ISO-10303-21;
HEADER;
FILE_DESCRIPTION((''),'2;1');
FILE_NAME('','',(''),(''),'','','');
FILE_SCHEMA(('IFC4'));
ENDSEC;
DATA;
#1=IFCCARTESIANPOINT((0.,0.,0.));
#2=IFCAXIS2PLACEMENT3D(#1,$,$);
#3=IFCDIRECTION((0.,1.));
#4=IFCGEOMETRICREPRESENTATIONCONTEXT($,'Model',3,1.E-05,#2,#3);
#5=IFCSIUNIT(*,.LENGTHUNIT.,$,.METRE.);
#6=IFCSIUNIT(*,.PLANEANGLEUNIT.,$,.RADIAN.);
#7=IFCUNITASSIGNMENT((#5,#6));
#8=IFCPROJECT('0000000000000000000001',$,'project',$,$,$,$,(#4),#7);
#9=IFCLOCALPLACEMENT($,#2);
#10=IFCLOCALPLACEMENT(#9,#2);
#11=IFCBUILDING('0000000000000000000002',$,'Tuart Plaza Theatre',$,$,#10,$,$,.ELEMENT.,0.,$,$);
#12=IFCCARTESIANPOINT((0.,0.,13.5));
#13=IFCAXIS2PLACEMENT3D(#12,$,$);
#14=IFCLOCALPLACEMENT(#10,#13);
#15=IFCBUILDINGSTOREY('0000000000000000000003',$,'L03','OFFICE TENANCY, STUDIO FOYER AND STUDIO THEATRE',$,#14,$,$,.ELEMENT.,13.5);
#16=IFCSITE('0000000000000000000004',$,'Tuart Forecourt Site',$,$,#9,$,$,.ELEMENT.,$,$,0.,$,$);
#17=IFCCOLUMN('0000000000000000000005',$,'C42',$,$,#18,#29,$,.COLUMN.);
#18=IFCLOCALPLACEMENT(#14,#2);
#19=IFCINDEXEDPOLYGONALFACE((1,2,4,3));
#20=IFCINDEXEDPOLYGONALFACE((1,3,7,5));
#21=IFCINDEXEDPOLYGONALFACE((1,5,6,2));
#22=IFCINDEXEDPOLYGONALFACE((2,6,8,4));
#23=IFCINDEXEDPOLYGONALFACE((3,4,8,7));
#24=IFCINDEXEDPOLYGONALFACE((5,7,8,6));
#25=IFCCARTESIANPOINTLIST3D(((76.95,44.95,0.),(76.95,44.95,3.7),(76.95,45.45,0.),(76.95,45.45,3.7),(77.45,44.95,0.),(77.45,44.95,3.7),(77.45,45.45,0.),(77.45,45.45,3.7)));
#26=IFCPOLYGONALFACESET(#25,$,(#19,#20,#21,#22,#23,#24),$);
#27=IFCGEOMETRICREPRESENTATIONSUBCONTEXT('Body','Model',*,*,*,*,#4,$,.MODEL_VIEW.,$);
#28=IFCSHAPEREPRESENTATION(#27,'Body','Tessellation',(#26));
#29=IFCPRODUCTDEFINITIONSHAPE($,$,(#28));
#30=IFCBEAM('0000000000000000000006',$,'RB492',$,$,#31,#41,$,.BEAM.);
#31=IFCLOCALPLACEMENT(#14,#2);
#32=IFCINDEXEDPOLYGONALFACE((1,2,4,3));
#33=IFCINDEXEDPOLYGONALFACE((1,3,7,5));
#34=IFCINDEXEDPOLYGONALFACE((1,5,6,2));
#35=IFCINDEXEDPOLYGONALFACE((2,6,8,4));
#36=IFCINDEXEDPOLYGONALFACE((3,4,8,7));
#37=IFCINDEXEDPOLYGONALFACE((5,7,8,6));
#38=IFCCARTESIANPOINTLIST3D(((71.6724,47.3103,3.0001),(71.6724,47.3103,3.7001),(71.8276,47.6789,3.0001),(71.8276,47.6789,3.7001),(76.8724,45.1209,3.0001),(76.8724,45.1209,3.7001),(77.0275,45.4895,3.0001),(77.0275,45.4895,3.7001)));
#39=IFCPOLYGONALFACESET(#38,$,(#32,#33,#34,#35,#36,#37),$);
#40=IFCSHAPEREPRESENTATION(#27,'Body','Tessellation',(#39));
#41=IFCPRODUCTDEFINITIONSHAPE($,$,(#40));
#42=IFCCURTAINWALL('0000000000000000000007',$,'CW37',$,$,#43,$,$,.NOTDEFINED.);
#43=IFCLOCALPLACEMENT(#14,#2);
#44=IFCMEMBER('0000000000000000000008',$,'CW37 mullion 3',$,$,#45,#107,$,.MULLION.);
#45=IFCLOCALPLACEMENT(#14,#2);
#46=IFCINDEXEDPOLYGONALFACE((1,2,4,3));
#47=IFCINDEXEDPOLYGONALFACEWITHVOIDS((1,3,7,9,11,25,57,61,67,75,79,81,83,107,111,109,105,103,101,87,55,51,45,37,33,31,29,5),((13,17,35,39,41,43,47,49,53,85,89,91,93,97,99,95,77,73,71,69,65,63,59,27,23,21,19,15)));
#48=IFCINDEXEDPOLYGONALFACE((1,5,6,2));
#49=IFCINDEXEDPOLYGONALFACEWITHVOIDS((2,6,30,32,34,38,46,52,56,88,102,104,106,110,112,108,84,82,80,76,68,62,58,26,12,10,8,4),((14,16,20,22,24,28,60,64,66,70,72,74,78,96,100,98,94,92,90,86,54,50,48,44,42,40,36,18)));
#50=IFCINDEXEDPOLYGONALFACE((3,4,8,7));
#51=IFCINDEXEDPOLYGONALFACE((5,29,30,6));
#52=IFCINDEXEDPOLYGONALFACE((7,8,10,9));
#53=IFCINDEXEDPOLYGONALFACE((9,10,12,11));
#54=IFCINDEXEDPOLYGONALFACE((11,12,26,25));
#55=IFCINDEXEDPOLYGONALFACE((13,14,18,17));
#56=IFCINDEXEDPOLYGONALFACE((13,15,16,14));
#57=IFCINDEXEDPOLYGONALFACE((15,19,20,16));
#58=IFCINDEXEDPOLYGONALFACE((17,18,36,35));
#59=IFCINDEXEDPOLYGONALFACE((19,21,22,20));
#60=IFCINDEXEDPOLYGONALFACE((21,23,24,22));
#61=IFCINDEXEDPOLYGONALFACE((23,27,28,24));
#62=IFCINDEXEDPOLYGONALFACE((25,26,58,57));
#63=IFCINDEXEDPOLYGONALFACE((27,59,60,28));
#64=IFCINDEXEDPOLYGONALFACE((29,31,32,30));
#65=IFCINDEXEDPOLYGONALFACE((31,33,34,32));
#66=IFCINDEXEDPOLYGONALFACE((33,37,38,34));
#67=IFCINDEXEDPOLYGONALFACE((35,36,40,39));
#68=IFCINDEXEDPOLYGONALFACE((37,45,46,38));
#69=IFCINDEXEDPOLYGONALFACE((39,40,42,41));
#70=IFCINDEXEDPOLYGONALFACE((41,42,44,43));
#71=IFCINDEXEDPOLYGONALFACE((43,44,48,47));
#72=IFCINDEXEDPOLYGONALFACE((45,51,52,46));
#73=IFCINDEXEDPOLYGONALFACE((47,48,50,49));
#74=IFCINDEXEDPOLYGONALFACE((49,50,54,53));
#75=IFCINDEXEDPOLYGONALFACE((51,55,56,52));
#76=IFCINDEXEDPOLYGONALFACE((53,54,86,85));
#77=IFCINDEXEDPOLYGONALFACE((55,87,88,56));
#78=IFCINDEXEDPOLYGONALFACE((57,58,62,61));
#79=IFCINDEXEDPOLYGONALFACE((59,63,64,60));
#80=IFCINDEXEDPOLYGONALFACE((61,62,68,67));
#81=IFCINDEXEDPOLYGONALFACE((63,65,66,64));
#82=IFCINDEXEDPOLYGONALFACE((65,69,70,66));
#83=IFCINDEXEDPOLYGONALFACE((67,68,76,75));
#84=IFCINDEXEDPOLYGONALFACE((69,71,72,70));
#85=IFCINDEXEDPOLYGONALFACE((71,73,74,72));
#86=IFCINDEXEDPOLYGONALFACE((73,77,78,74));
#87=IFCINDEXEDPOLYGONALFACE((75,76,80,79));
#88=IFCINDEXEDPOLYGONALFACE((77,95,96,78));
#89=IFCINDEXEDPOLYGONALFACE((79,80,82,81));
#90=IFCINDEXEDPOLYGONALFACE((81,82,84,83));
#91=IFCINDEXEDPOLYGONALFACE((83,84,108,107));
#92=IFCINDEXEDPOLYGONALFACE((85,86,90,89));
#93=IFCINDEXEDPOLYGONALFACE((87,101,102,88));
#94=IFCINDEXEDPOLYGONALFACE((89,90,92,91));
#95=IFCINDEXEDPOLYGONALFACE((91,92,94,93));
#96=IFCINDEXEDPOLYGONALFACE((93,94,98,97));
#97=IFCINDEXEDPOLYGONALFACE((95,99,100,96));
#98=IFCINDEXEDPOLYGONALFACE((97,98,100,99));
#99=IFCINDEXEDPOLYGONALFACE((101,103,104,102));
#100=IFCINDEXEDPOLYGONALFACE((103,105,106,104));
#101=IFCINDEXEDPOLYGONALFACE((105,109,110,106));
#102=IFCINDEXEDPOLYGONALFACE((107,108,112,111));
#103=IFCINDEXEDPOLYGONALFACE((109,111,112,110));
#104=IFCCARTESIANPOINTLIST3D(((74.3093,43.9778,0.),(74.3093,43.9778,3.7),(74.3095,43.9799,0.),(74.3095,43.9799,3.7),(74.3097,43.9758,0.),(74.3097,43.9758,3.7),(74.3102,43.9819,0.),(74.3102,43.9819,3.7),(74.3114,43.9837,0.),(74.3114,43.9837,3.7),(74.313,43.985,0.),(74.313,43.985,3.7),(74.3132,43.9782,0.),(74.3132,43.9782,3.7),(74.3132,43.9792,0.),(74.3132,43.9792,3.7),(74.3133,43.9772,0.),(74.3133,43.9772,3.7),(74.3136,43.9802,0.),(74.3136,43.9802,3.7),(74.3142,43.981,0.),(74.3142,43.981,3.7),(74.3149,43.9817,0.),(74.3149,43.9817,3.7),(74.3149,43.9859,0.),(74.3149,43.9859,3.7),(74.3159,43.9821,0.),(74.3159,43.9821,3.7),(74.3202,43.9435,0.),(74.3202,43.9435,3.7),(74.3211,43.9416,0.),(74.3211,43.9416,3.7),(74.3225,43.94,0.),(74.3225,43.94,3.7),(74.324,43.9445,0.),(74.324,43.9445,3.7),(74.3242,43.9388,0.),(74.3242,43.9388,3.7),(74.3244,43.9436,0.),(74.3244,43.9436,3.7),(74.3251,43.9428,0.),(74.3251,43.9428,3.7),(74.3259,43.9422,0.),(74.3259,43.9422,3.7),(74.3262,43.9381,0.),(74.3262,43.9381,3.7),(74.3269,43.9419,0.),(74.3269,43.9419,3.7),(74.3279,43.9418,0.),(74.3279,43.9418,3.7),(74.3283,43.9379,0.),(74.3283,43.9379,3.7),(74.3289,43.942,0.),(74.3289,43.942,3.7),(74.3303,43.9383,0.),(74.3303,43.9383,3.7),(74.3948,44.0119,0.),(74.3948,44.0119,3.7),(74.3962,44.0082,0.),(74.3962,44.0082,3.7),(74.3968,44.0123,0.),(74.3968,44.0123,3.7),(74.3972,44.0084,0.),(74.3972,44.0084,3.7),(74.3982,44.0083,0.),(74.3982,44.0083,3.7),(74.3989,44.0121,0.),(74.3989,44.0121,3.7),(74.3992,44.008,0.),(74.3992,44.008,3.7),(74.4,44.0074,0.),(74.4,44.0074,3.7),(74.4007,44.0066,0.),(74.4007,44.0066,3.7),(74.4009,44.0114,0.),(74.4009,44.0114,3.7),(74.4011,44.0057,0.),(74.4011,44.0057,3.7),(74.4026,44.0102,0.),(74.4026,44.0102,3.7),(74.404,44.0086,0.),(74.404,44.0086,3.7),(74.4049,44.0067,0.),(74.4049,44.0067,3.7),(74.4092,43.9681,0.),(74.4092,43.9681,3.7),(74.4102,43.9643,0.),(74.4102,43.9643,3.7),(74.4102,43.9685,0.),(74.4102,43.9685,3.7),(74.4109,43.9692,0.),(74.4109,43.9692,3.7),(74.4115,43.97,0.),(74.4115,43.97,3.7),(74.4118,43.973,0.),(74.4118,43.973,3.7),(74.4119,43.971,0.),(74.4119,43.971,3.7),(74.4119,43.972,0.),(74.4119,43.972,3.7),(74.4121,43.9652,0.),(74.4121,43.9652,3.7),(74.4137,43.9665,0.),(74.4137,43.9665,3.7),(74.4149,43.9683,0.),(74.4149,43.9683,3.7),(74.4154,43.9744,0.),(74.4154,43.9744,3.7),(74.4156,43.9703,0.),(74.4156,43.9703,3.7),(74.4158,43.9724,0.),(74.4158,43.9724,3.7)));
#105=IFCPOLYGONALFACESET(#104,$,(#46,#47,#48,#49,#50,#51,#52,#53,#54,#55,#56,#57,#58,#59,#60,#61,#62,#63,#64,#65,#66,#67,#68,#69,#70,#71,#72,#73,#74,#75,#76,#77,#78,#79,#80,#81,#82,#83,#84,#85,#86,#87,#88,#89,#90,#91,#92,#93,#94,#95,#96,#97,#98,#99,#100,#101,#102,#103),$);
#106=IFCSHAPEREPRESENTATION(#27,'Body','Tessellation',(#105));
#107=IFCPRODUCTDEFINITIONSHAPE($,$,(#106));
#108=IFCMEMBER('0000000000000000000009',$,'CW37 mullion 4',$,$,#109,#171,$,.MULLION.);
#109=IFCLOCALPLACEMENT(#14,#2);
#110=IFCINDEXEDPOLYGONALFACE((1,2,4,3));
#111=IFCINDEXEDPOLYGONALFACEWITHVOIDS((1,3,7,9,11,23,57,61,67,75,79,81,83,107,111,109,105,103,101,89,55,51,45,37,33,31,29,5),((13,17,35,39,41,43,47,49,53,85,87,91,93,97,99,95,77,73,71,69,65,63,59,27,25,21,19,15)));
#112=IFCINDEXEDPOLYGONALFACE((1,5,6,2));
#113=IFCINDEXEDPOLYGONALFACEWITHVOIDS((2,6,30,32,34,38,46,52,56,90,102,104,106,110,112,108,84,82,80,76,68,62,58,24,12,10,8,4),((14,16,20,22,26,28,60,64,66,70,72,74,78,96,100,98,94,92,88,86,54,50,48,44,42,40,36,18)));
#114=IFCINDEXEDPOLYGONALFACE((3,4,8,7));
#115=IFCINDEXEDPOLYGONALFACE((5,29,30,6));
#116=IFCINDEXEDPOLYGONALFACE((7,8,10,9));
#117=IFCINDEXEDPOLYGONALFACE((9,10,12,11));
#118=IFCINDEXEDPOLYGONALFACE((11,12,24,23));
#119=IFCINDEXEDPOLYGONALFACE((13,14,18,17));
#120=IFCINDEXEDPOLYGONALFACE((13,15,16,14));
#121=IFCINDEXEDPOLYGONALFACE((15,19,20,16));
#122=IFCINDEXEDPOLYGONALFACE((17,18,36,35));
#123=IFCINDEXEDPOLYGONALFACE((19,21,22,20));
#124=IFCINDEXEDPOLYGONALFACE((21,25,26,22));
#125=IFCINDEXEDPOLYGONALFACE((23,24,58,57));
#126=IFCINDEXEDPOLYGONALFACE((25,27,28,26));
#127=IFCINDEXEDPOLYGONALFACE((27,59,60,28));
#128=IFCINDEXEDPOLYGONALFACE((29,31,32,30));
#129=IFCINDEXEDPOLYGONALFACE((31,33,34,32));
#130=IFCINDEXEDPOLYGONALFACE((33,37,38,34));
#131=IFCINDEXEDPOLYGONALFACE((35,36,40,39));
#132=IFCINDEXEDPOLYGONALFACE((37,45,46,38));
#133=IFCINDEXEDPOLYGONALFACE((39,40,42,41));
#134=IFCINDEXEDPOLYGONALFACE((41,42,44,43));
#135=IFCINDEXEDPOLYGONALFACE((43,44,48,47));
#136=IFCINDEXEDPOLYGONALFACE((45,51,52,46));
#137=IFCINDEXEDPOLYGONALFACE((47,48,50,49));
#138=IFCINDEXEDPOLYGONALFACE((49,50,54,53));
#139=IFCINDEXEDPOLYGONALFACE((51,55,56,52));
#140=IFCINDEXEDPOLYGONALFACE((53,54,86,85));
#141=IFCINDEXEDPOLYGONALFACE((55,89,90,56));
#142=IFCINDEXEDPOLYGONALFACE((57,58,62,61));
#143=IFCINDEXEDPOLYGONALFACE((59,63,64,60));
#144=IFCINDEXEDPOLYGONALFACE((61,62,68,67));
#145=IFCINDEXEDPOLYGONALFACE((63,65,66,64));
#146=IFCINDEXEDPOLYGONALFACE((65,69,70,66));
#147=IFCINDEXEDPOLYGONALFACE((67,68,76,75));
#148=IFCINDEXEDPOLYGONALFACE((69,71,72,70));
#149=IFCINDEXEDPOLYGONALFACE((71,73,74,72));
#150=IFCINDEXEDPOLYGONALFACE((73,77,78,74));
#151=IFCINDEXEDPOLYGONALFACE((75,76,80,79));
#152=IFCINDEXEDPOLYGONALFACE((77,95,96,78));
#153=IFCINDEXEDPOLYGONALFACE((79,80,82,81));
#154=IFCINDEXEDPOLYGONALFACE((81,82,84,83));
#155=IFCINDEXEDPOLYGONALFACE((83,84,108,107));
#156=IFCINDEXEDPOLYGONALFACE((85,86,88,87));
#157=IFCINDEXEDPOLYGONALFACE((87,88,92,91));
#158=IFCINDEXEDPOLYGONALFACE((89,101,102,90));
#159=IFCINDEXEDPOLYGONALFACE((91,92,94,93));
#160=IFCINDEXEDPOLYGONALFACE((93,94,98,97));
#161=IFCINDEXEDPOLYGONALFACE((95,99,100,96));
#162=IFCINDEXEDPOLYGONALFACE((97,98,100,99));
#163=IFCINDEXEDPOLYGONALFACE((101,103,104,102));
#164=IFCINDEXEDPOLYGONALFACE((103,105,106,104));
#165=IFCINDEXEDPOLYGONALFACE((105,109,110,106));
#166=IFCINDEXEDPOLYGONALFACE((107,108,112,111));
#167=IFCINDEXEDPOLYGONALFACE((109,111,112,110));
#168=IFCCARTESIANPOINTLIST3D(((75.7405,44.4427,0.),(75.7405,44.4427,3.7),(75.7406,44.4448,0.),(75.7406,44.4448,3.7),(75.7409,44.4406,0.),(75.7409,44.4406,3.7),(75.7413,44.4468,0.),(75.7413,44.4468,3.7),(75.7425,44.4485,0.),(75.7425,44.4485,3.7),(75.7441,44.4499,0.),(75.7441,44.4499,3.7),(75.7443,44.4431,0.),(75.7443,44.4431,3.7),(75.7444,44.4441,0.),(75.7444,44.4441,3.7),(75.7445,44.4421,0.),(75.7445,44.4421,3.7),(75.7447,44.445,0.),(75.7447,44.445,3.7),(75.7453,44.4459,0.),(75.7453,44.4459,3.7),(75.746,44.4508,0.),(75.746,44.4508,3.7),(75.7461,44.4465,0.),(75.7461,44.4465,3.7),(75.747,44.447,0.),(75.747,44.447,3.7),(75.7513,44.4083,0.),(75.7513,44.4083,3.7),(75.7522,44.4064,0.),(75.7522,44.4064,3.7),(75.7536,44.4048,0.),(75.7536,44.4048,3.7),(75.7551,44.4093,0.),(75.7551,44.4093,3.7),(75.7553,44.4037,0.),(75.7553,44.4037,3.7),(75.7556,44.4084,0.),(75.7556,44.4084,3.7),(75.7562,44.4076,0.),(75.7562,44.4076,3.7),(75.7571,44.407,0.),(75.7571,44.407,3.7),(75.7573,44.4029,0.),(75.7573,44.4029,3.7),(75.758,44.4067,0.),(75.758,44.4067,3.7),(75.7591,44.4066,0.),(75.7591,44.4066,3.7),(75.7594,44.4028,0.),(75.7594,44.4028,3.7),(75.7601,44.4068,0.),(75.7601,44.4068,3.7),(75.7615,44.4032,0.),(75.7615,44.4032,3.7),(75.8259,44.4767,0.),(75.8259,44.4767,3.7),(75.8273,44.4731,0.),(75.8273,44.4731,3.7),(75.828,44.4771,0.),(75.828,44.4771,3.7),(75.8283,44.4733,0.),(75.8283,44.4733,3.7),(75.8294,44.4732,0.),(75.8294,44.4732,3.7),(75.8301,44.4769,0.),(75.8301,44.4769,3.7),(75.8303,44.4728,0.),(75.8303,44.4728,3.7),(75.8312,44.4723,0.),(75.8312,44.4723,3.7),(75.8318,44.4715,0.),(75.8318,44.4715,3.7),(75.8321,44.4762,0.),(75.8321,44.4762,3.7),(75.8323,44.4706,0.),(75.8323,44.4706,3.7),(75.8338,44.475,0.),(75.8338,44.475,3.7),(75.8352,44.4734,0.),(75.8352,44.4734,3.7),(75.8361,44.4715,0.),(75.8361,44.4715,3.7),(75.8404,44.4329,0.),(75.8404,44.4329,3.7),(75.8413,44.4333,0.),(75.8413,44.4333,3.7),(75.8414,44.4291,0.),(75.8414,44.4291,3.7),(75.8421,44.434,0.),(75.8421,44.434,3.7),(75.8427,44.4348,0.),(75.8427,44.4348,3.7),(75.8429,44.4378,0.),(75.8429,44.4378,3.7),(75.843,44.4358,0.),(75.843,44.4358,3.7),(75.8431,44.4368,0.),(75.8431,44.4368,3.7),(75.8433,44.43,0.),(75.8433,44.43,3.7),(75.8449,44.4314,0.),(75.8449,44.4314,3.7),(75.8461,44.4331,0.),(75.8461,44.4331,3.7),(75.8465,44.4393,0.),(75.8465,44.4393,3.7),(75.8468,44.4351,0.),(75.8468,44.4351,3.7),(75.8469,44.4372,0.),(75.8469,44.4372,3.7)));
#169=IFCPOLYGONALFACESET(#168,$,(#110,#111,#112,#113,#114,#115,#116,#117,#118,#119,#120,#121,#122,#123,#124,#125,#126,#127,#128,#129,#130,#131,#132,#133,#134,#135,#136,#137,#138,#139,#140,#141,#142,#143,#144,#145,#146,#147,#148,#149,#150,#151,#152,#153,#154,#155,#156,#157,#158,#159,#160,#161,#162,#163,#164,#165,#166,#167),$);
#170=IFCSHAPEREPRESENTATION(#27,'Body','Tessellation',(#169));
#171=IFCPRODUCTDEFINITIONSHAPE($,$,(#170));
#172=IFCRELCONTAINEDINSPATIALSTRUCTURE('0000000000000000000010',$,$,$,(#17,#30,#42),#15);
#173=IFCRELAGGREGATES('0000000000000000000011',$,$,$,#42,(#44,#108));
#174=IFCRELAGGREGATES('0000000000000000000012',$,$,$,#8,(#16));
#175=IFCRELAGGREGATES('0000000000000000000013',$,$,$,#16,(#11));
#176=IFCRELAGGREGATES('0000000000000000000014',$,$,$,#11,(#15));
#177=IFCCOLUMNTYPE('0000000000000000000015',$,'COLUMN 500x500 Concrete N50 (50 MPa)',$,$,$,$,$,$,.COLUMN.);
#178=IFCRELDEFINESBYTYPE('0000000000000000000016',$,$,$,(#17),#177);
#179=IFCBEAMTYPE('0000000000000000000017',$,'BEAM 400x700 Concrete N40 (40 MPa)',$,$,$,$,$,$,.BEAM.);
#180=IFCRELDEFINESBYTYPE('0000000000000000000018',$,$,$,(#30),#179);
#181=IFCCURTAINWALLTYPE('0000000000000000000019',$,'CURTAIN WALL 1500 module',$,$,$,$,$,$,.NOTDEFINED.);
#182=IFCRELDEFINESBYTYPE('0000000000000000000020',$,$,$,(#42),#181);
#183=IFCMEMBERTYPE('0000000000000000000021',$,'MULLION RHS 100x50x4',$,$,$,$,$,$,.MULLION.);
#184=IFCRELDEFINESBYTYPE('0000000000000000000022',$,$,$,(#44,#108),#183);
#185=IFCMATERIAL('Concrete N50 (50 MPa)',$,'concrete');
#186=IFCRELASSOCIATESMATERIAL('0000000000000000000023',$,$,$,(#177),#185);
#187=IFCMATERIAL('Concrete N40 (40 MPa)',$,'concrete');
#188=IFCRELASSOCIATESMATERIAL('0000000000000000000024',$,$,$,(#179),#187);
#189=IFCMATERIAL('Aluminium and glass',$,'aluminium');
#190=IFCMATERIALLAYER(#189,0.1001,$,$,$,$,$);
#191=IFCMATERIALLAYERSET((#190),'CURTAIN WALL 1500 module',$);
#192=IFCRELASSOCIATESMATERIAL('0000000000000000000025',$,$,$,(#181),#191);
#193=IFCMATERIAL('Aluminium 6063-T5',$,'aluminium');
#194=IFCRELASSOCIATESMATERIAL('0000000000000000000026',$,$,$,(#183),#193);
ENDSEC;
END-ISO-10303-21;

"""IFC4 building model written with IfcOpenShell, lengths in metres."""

from ifc_helpers import new_model, si_unit, direction, frame, origin, origin_2d, place, context, subcontext, project, spatial, rectangle, hollow_rectangle, extrude, material, layer, layer_set, material_profile, profile_set, type_object, element, aggregate, save


model = new_model("IFC4")

# Units and contexts
model_context = context("Model", 3, precision=1e-05, world=origin(), true_north=direction((0.0, 1.0)))
body_context = subcontext(model_context, "Body", "Model", "MODEL_VIEW")
ifc_project = project(units=[si_unit("LENGTHUNIT", "METRE"), si_unit("PLANEANGLEUNIT", "RADIAN")], contexts=[model_context])

# Site, building, storey
site_placement = place(None, origin())
site = spatial("IfcSite", under=ifc_project, at=site_placement, Name="Tuart Forecourt Site", CompositionType="ELEMENT", RefElevation=0.0)
building_placement = place(site_placement, origin())
building = spatial("IfcBuilding", under=site, at=building_placement, Name="Tuart Plaza Theatre", CompositionType="ELEMENT", ElevationOfRefHeight=0.0)
storey_placement = place(building_placement, frame((0.0, 0.0, 13.5)))
storey = spatial("IfcBuildingStorey", under=building, at=storey_placement, Name="L03", Description="OFFICE TENANCY, STUDIO FOYER AND STUDIO THEATRE", CompositionType="ELEMENT", Elevation=13.5)

# Column
ifc_material_1 = material(Name="Concrete N50 (50 MPa)", Category="concrete")
ifc_material_profile_1 = material_profile(ifc_material_1, rectangle(XDim=0.5, YDim=0.5, at=origin_2d()), Name="COLUMN 500x500 Concrete N50 (50 MPa)")
ifc_profile_set_1 = profile_set([ifc_material_profile_1], Name="Concrete N50 (50 MPa)")
column_type = type_object("IfcColumnType", Name="COLUMN 500x500 Concrete N50 (50 MPa)", PredefinedType="COLUMN", material=ifc_profile_set_1)
column_placement = place(storey_placement, frame((77.2, 45.2, 0.0), z_axis=(0.0, 0.0, 1.0), x_axis=(1.0, 0.0, 0.0)))
element("IfcColumn", 1, at=column_placement, inside=storey, type_object=column_type, Name="C42", PredefinedType="COLUMN", context=body_context, shape_type="SweptSolid", body=[
    extrude(rectangle(XDim=0.5, YDim=0.5, at=origin_2d()), origin(), (0.0, 0.0, 1.0), 3.7),
])

# Beam
ifc_material_2 = material(Name="Concrete N40 (40 MPa)", Category="concrete")
ifc_material_profile_2 = material_profile(ifc_material_2, rectangle(XDim=0.3999, YDim=0.7, at=origin_2d()), Name="BEAM 400x700 Concrete N40 (40 MPa)")
ifc_profile_set_2 = profile_set([ifc_material_profile_2], Name="Concrete N40 (40 MPa)")
beam_type = type_object("IfcBeamType", Name="BEAM 400x700 Concrete N40 (40 MPa)", PredefinedType="BEAM", material=ifc_profile_set_2)
beam_placement = place(storey_placement, frame((76.95, 45.3052, 3.3501), z_axis=(-0.921635, 0.388057, 0.0), x_axis=(-0.388057, -0.921635, 0.0)))
element("IfcBeam", 2, at=beam_placement, inside=storey, type_object=beam_type, Name="RB492", PredefinedType="BEAM", context=body_context, shape_type="SweptSolid", body=[
    extrude(rectangle(XDim=0.3999, YDim=0.7, at=origin_2d()), origin(), (0.0, 0.0, 1.0), 5.6421),
])

# Curtain wall, members
ifc_material_3 = material(Name="Aluminium and glass", Category="aluminium")
ifc_layer_1 = layer(ifc_material_3, 0.1001)
ifc_layer_set_1 = layer_set([ifc_layer_1], Name="CURTAIN WALL 1500 module")
curtain_wall_type = type_object("IfcCurtainWallType", Name="CURTAIN WALL 1500 module", PredefinedType="NOTDEFINED", material=ifc_layer_set_1)
curtain_wall_placement = place(storey_placement, origin())
curtain_wall = element("IfcCurtainWall", 3, at=curtain_wall_placement, inside=storey, type_object=curtain_wall_type, Name="CW37", PredefinedType="NOTDEFINED")
ifc_material_4 = material(Name="Aluminium 6063-T5", Category="aluminium")
ifc_material_profile_3 = material_profile(ifc_material_4, hollow_rectangle(XDim=0.05, YDim=0.1001, WallThickness=0.0039, InnerFilletRadius=0.0039, OuterFilletRadius=0.0081, at=origin_2d()), Name="RHS 100x50x4")
ifc_profile_set_3 = profile_set([ifc_material_profile_3], Name="Aluminium 6063-T5")
member_type_1 = type_object("IfcMemberType", Name="MULLION RHS 100x50x4", PredefinedType="MULLION", material=ifc_profile_set_3)
member_1_placement = place(storey_placement, frame((74.3625, 43.9751, 0.0), z_axis=(0.0, 0.0, 1.0), x_axis=(-0.308986, 0.951067, 0.0)))
member_1 = element("IfcMember", 4, at=member_1_placement, type_object=member_type_1, Name="CW37 mullion 3", PredefinedType="MULLION", context=body_context, shape_type="SweptSolid", body=[
    extrude(hollow_rectangle(XDim=0.05, YDim=0.1001, WallThickness=0.0039, InnerFilletRadius=0.0039, OuterFilletRadius=0.0081, at=origin_2d()), origin(), (0.0, 0.0, 1.0), 3.7),
])
member_2_placement = place(storey_placement, frame((75.7937, 44.4399, 0.0), z_axis=(0.0, 0.0, 1.0), x_axis=(-0.308986, 0.951067, 0.0)))
member_2 = element("IfcMember", 5, at=member_2_placement, type_object=member_type_1, Name="CW37 mullion 4", PredefinedType="MULLION", context=body_context, shape_type="SweptSolid", body=[
    extrude(hollow_rectangle(XDim=0.05, YDim=0.1001, WallThickness=0.0039, InnerFilletRadius=0.0039, OuterFilletRadius=0.0081, at=origin_2d()), origin(), (0.0, 0.0, 1.0), 3.7),
])
aggregate(curtain_wall, [member_1, member_2])

save(model, "model.ifc")
